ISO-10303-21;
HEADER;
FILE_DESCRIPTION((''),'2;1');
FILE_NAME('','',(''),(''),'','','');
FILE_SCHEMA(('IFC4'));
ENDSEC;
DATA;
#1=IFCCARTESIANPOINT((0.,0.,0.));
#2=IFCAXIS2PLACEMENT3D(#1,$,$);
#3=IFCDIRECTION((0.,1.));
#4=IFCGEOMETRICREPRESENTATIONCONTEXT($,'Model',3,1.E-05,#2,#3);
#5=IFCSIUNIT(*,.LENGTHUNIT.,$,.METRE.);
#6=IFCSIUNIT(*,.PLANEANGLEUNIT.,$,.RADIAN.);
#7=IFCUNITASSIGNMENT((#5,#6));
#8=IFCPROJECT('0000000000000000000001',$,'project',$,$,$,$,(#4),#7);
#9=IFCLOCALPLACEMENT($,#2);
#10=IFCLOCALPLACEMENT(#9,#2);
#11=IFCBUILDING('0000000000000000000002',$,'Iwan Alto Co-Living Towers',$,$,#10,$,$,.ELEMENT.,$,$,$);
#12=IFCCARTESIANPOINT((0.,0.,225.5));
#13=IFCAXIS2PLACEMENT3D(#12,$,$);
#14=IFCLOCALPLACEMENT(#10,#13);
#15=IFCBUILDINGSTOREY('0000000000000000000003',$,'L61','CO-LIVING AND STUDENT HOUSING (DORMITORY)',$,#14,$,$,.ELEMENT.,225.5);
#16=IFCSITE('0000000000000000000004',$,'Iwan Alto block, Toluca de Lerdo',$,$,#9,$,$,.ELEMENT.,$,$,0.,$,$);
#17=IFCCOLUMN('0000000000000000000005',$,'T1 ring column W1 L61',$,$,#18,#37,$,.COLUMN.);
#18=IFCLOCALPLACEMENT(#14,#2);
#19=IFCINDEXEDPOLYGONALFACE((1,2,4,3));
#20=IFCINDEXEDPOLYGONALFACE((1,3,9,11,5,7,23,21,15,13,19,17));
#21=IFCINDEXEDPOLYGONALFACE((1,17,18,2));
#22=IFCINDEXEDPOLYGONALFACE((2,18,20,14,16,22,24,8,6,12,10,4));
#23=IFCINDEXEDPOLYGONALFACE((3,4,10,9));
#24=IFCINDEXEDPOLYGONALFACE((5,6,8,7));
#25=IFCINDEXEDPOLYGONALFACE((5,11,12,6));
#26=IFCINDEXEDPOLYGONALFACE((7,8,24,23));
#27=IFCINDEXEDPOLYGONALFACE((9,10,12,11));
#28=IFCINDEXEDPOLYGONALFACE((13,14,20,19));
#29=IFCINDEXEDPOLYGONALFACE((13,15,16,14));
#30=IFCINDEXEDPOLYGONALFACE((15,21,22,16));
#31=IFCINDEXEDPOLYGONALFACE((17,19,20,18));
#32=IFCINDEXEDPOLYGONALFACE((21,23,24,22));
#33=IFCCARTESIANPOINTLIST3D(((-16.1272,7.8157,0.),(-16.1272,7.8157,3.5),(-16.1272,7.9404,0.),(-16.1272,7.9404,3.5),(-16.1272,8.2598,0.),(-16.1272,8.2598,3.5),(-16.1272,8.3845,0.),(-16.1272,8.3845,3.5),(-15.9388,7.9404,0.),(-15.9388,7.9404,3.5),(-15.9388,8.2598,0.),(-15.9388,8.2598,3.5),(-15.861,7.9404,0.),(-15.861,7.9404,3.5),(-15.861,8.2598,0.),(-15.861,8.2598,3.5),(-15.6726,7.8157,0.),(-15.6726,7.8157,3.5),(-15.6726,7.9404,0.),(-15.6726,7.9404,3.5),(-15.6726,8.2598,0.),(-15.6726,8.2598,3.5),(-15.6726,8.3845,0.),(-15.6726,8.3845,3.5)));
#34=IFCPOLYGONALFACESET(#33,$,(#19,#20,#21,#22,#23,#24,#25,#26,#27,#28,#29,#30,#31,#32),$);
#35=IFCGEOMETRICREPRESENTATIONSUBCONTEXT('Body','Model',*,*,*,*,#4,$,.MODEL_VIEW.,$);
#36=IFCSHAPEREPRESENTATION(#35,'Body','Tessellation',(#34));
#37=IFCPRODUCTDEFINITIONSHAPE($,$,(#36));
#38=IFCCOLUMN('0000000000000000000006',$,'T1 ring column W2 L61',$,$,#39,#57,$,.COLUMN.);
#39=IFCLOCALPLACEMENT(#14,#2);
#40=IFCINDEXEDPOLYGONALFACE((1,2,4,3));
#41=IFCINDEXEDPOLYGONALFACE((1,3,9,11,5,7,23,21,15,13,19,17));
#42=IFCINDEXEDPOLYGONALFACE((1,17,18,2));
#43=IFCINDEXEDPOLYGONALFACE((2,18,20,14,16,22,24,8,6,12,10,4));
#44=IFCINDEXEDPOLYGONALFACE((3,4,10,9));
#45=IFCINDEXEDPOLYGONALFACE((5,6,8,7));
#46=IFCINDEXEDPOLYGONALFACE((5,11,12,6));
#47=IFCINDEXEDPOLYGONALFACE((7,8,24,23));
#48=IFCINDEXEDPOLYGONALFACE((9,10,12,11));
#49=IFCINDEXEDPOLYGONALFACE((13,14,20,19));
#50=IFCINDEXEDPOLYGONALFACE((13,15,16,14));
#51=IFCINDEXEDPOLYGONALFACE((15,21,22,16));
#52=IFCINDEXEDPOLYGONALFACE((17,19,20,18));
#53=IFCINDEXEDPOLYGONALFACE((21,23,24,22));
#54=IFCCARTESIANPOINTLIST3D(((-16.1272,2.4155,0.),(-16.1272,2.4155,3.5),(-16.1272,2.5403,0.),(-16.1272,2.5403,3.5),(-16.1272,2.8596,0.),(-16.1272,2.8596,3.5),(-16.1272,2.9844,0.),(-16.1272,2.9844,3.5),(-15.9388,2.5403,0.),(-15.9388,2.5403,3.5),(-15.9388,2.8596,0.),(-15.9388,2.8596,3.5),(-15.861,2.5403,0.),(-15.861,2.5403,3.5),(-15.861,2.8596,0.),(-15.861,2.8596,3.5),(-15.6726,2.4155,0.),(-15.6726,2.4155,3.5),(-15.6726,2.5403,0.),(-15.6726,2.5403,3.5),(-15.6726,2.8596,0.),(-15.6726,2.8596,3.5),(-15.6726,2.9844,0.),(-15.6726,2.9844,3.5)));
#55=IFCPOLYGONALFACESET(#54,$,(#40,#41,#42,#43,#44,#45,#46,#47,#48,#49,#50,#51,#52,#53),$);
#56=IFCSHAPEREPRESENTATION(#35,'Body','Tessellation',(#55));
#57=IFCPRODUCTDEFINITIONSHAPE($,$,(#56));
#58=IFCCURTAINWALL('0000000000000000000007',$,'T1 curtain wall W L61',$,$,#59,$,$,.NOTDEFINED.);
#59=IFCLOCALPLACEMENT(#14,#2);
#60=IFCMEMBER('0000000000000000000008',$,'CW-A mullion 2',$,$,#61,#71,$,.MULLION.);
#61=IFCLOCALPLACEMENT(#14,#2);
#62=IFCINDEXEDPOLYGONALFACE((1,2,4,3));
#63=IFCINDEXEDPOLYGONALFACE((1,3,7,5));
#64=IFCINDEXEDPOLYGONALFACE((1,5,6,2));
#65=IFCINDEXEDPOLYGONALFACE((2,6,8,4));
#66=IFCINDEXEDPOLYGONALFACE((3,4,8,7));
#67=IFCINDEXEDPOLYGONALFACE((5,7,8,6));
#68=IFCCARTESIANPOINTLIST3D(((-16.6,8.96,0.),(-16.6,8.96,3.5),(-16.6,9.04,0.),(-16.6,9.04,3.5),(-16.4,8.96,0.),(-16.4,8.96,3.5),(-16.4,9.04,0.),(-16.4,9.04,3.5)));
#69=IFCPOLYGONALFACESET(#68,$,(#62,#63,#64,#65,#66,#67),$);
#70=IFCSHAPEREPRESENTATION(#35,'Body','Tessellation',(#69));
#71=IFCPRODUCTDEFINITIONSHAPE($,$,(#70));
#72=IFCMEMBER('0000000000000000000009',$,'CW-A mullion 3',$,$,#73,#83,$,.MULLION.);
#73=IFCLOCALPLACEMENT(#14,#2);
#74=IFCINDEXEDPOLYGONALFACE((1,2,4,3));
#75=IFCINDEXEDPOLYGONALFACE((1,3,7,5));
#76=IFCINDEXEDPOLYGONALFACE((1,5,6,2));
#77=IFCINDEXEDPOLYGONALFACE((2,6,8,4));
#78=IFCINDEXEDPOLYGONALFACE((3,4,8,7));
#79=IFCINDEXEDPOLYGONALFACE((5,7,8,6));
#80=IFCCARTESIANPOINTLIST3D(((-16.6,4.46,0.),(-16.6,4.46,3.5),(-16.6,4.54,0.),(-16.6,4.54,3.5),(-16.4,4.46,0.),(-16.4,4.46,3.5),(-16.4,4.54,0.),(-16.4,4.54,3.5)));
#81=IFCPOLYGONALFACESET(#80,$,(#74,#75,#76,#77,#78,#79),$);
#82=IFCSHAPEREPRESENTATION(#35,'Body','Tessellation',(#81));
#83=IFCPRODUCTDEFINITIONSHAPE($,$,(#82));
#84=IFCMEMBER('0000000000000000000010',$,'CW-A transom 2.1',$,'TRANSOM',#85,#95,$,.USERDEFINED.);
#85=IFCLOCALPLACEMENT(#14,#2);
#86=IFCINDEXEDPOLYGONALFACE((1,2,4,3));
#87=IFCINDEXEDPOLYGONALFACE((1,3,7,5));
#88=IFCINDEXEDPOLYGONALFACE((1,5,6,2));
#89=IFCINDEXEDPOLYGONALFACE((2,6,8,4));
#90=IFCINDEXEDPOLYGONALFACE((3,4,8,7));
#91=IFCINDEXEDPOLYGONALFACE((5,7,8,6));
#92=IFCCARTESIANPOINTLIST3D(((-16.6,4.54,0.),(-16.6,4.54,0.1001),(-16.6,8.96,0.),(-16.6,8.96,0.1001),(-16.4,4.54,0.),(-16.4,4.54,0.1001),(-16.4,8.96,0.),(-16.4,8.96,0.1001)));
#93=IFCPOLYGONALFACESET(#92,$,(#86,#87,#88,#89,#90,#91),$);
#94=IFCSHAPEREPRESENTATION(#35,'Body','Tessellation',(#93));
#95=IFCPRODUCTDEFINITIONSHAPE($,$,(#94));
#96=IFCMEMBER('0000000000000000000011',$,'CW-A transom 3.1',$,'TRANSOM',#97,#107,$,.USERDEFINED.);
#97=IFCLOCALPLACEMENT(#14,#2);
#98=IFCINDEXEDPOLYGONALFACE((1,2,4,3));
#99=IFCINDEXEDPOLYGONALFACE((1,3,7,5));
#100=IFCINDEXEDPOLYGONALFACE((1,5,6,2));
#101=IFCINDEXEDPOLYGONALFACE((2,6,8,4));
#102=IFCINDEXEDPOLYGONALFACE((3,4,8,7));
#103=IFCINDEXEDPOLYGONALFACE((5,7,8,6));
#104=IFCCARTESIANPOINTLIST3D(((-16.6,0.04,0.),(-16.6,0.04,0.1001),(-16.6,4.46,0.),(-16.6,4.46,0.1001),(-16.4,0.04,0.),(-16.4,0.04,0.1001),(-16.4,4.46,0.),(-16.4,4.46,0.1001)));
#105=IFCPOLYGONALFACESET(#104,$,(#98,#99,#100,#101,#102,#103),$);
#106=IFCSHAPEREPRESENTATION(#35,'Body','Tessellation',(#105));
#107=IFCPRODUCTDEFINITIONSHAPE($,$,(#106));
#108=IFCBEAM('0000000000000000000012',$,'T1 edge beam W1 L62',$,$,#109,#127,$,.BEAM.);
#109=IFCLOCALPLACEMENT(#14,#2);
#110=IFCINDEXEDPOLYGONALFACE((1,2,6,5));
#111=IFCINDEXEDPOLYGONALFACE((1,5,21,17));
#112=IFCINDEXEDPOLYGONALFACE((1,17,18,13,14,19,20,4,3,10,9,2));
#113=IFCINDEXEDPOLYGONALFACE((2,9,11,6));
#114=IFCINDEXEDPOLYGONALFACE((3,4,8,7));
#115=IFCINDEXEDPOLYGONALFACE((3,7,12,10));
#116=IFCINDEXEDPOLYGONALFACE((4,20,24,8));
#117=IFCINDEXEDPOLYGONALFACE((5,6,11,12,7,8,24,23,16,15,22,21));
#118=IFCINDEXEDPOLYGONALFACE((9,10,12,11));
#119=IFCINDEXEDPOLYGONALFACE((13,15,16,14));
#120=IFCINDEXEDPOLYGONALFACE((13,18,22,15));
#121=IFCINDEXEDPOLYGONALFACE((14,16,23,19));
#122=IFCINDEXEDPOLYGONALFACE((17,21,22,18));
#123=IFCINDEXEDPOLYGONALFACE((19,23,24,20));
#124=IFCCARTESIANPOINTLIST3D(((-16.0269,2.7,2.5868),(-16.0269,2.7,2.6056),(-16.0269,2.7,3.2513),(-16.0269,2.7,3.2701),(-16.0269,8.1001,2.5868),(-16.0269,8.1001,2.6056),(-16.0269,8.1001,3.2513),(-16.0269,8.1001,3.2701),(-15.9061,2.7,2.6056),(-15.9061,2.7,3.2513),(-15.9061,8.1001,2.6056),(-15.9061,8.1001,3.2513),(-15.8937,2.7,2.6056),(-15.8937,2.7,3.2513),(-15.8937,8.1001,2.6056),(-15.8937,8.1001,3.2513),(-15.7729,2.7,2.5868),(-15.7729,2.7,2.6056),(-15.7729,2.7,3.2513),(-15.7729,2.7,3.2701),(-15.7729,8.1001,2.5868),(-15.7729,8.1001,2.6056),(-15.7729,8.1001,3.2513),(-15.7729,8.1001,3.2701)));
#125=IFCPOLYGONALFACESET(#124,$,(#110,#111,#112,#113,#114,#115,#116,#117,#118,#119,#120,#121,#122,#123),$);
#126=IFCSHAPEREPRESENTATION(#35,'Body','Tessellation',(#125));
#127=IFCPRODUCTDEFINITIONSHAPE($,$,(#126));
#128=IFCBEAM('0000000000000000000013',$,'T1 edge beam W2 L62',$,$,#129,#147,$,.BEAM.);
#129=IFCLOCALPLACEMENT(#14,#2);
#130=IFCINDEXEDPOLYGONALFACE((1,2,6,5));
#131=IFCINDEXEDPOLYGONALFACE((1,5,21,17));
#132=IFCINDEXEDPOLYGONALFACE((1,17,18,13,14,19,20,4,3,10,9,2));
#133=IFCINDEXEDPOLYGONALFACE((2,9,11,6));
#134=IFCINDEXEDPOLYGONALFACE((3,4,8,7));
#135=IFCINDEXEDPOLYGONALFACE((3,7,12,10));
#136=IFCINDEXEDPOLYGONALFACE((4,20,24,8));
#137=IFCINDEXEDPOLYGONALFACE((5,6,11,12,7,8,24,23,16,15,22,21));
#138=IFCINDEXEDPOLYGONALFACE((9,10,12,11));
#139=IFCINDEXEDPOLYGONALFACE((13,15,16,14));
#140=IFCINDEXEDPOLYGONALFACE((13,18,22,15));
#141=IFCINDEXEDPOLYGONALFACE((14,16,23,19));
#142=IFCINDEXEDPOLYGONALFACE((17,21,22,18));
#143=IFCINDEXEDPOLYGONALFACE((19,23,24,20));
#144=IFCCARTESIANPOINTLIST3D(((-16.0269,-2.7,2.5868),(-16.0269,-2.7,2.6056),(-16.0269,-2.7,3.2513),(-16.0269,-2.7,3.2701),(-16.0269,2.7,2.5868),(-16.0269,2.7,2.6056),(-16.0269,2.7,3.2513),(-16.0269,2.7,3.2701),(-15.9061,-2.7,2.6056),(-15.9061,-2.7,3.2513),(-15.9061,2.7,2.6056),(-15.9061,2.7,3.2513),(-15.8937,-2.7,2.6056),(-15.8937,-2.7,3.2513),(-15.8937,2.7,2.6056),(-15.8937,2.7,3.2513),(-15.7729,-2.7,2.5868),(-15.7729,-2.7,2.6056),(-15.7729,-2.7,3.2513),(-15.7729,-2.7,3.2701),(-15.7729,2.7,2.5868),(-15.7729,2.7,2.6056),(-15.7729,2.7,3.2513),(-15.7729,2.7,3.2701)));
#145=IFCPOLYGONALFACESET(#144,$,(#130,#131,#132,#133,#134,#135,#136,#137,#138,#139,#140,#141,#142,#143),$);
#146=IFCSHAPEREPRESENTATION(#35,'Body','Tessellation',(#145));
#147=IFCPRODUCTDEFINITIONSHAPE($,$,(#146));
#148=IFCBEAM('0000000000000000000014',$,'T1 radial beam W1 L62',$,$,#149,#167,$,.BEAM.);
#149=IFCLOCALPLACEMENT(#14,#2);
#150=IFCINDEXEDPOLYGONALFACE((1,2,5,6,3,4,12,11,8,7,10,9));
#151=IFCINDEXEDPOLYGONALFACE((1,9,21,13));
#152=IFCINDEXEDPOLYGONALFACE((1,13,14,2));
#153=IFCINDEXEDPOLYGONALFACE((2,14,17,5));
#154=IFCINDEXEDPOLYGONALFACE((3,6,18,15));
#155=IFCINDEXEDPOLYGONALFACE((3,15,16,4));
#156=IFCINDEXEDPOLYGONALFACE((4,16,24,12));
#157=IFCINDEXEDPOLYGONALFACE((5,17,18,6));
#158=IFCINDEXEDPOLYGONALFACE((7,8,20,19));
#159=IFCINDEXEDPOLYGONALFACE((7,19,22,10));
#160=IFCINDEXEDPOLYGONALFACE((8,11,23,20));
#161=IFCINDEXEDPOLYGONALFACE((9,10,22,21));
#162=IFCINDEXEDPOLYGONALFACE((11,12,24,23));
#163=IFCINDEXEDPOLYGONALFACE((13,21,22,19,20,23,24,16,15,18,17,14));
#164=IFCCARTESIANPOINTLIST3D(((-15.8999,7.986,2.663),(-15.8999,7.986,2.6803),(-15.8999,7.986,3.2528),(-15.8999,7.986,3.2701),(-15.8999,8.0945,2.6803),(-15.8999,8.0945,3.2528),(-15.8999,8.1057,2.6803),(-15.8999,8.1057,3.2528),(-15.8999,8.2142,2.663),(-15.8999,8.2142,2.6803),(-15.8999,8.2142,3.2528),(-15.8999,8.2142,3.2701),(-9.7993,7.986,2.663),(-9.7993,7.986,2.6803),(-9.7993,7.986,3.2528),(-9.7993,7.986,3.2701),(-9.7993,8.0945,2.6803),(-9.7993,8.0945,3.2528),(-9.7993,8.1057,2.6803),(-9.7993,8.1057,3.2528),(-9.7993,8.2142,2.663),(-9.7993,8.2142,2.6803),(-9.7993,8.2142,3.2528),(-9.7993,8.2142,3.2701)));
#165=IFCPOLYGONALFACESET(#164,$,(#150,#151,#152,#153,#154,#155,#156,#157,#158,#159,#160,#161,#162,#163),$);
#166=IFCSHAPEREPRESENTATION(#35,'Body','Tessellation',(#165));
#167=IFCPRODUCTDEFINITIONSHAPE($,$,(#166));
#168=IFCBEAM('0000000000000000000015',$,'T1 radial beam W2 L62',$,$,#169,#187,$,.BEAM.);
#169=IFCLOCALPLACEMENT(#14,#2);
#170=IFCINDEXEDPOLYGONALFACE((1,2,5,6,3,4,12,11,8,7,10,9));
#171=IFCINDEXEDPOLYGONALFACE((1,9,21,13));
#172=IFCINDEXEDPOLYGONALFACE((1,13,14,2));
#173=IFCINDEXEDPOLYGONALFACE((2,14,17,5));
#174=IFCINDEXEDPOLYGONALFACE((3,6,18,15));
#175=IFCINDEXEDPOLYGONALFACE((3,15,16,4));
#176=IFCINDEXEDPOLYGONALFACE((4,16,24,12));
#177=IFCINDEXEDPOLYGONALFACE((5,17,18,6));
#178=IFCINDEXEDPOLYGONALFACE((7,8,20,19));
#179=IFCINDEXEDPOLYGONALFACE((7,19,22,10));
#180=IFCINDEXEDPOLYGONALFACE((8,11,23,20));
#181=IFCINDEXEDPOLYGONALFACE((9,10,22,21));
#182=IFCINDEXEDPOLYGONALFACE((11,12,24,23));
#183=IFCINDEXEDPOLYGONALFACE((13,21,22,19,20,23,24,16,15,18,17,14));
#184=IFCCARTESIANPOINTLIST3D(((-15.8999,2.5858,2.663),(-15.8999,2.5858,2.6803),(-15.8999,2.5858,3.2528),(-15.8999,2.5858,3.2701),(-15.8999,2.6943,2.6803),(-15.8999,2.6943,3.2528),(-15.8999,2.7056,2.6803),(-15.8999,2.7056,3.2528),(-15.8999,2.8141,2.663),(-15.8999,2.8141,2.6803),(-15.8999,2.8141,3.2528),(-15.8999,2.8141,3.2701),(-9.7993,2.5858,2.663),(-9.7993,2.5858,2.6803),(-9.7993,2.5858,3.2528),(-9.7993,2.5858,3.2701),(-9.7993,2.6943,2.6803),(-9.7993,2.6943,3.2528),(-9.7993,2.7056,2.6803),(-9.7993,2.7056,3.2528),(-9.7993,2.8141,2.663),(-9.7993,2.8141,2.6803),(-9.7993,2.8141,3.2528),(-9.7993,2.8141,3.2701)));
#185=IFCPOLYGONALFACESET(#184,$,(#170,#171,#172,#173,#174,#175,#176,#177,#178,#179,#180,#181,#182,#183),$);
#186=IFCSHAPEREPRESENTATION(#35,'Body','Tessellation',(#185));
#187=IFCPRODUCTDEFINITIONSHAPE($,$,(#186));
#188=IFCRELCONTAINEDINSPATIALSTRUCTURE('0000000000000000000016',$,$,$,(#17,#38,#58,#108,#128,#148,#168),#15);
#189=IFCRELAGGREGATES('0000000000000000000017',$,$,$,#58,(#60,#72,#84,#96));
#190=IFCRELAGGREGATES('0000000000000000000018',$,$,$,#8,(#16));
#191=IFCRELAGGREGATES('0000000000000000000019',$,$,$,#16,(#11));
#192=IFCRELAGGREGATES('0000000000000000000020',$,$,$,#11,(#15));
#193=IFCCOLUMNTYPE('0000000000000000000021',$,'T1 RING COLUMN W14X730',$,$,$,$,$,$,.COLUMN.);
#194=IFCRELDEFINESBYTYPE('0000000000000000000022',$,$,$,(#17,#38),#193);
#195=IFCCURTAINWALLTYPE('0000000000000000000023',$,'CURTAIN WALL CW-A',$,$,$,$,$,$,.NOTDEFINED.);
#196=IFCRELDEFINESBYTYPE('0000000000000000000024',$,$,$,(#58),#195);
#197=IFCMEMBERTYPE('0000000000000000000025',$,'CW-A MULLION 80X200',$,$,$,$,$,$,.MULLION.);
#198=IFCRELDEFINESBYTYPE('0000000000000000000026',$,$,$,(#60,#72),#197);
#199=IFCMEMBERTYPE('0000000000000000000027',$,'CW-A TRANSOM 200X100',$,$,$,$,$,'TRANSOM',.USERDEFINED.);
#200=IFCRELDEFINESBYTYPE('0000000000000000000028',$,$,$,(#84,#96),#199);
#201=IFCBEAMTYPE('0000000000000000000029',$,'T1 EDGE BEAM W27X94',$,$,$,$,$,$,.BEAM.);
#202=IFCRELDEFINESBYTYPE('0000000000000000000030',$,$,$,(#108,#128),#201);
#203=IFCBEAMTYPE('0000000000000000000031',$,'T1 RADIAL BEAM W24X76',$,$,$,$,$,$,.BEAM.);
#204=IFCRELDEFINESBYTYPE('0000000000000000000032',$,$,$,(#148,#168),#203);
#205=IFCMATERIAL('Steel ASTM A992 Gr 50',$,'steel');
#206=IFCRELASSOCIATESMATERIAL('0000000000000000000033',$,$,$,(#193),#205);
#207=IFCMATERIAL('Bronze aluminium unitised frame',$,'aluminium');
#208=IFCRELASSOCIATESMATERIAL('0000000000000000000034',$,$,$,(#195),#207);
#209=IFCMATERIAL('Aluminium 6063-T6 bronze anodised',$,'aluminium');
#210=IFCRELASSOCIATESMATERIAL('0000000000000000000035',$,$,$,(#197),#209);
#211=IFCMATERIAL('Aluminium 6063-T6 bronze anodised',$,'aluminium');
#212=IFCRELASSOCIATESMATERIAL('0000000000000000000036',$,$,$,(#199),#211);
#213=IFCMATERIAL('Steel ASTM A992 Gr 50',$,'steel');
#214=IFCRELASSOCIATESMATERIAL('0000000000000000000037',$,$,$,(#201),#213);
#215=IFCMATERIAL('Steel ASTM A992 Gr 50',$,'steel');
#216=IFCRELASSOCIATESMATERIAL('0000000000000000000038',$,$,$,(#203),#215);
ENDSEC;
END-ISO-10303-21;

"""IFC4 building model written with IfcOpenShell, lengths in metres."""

from ifc_helpers import new_model, si_unit, direction, frame, origin, origin_2d, place, context, subcontext, project, spatial, rectangle, i_section, extrude, material, material_profile, profile_set, type_object, element, aggregate, save


model = new_model("IFC4")

# Units and contexts
model_context = context("Model", 3, precision=1e-05, world=origin(), true_north=direction((0.0, 1.0)))
body_context = subcontext(model_context, "Body", "Model", "MODEL_VIEW")
ifc_project = project(units=[si_unit("LENGTHUNIT", "METRE"), si_unit("PLANEANGLEUNIT", "RADIAN")], contexts=[model_context])

# Site, building, storey
site_placement = place(None, origin())
site = spatial("IfcSite", under=ifc_project, at=site_placement, Name="Iwan Alto block, Toluca de Lerdo", CompositionType="ELEMENT", RefElevation=0.0)
building_placement = place(site_placement, origin())
building = spatial("IfcBuilding", under=site, at=building_placement, Name="Iwan Alto Co-Living Towers", CompositionType="ELEMENT")
storey_placement = place(building_placement, frame((0.0, 0.0, 225.5)))
storey = spatial("IfcBuildingStorey", under=building, at=storey_placement, Name="L61", Description="CO-LIVING AND STUDENT HOUSING (DORMITORY)", CompositionType="ELEMENT", Elevation=225.5)

# Columns
ifc_material_1 = material(Name="Steel ASTM A992 Gr 50", Category="steel")
ifc_material_profile_1 = material_profile(ifc_material_1, i_section(OverallWidth=0.4546, OverallDepth=0.5688, WebThickness=0.0779, FlangeThickness=0.1248, at=origin_2d()), Name="W14X730")
ifc_profile_set_1 = profile_set([ifc_material_profile_1], Name="Steel ASTM A992 Gr 50")
column_type = type_object("IfcColumnType", Name="T1 RING COLUMN W14X730", PredefinedType="COLUMN", material=ifc_profile_set_1)
for number, where, z_axis, x_axis, name in (
    (1, (-15.8999, 8.1001, 0.0), (0.0, 0.0, 1.0), (1.0, 0.0, 0.0), "T1 ring column W1 L61"),
    (2, (-15.8999, 2.7, 0.0), (0.0, 0.0, 1.0), (1.0, 0.0, 0.0), "T1 ring column W2 L61"),
):
    element("IfcColumn", number, at=place(storey_placement, frame(where, z_axis=z_axis, x_axis=x_axis)), inside=storey, type_object=column_type, Name=name, PredefinedType="COLUMN", context=body_context, shape_type="SweptSolid", body=[
        extrude(i_section(OverallWidth=0.4546, OverallDepth=0.5688, WebThickness=0.0779, FlangeThickness=0.1248, at=origin_2d()), origin(), (0.0, 0.0, 1.0), 3.5),
    ])

# Curtain wall, members
ifc_material_2 = material(Name="Bronze aluminium unitised frame", Category="aluminium")
curtain_wall_type = type_object("IfcCurtainWallType", Name="CURTAIN WALL CW-A", PredefinedType="NOTDEFINED", material=ifc_material_2)
curtain_wall_placement = place(storey_placement, origin())
curtain_wall = element("IfcCurtainWall", 3, at=curtain_wall_placement, inside=storey, type_object=curtain_wall_type, Name="T1 curtain wall W L61", PredefinedType="NOTDEFINED")
ifc_material_3 = material(Name="Aluminium 6063-T6 bronze anodised", Category="aluminium")
ifc_material_profile_2 = material_profile(ifc_material_3, rectangle(XDim=0.2, YDim=0.0801, at=origin_2d()), Name="AL 80X200")
ifc_profile_set_2 = profile_set([ifc_material_profile_2], Name="Aluminium 6063-T6 bronze anodised")
member_type_1 = type_object("IfcMemberType", Name="CW-A MULLION 80X200", PredefinedType="MULLION", material=ifc_profile_set_2)
member_1_placement = place(storey_placement, frame((-16.5, 9.0, 0.0), z_axis=(0.0, 0.0, 1.0), x_axis=(1.0, 0.0, 0.0)))
member_1 = element("IfcMember", 4, at=member_1_placement, type_object=member_type_1, Name="CW-A mullion 2", PredefinedType="MULLION", context=body_context, shape_type="SweptSolid", body=[
    extrude(rectangle(XDim=0.2, YDim=0.0801, at=origin_2d()), origin(), (0.0, 0.0, 1.0), 3.5),
])
member_2_placement = place(storey_placement, frame((-16.5, 4.5, 0.0), z_axis=(0.0, 0.0, 1.0), x_axis=(1.0, 0.0, 0.0)))
member_2 = element("IfcMember", 5, at=member_2_placement, type_object=member_type_1, Name="CW-A mullion 3", PredefinedType="MULLION", context=body_context, shape_type="SweptSolid", body=[
    extrude(rectangle(XDim=0.2, YDim=0.0801, at=origin_2d()), origin(), (0.0, 0.0, 1.0), 3.5),
])
ifc_material_4 = material(Name="Aluminium 6063-T6 bronze anodised", Category="aluminium")
ifc_material_profile_3 = material_profile(ifc_material_4, rectangle(XDim=0.2, YDim=0.1001, at=origin_2d()), Name="AL 200X100")
ifc_profile_set_3 = profile_set([ifc_material_profile_3], Name="Aluminium 6063-T6 bronze anodised")
member_type_2 = type_object("IfcMemberType", Name="CW-A TRANSOM 200X100", ElementType="TRANSOM", PredefinedType="USERDEFINED", material=ifc_profile_set_3)
member_3_placement = place(storey_placement, frame((-16.5, 8.96, 0.05), z_axis=(0.0, -1.0, 0.0), x_axis=(1.0, 0.0, 0.0)))
member_3 = element("IfcMember", 6, at=member_3_placement, type_object=member_type_2, Name="CW-A transom 2.1", ObjectType="TRANSOM", PredefinedType="USERDEFINED", context=body_context, shape_type="SweptSolid", body=[
    extrude(rectangle(XDim=0.2, YDim=0.1001, at=origin_2d()), origin(), (0.0, 0.0, 1.0), 4.4199),
])
member_4_placement = place(storey_placement, frame((-16.5, 4.46, 0.05), z_axis=(0.0, -1.0, 0.0), x_axis=(1.0, 0.0, 0.0)))
member_4 = element("IfcMember", 7, at=member_4_placement, type_object=member_type_2, Name="CW-A transom 3.1", ObjectType="TRANSOM", PredefinedType="USERDEFINED", context=body_context, shape_type="SweptSolid", body=[
    extrude(rectangle(XDim=0.2, YDim=0.1001, at=origin_2d()), origin(), (0.0, 0.0, 1.0), 4.4199),
])

# Beams
ifc_material_5 = material(Name="Steel ASTM A992 Gr 50", Category="steel")
ifc_material_profile_4 = material_profile(ifc_material_5, i_section(OverallWidth=0.2539, OverallDepth=0.6833, WebThickness=0.0125, FlangeThickness=0.0188, at=origin_2d()), Name="W27X94")
ifc_profile_set_4 = profile_set([ifc_material_profile_4], Name="Steel ASTM A992 Gr 50")
beam_type_1 = type_object("IfcBeamType", Name="T1 EDGE BEAM W27X94", PredefinedType="BEAM", material=ifc_profile_set_4)
beam_1_placement = place(storey_placement, frame((-15.8999, 8.1001, 2.9285), z_axis=(0.0, -1.0, 0.0), x_axis=(1.0, 0.0, 0.0)))
element("IfcBeam", 8, at=beam_1_placement, inside=storey, type_object=beam_type_1, Name="T1 edge beam W1 L62", PredefinedType="BEAM", context=body_context, shape_type="SweptSolid", body=[
    extrude(i_section(OverallWidth=0.2539, OverallDepth=0.6833, WebThickness=0.0125, FlangeThickness=0.0188, at=origin_2d()), origin(), (0.0, 0.0, 1.0), 5.4001),
])
beam_2_placement = place(storey_placement, frame((-15.8999, 2.7, 2.9285), z_axis=(0.0, -1.0, 0.0), x_axis=(1.0, 0.0, 0.0)))
element("IfcBeam", 9, at=beam_2_placement, inside=storey, type_object=beam_type_1, Name="T1 edge beam W2 L62", PredefinedType="BEAM", context=body_context, shape_type="SweptSolid", body=[
    extrude(i_section(OverallWidth=0.2539, OverallDepth=0.6833, WebThickness=0.0125, FlangeThickness=0.0188, at=origin_2d()), origin(), (0.0, 0.0, 1.0), 5.3999),
])
ifc_material_6 = material(Name="Steel ASTM A992 Gr 50", Category="steel")
ifc_material_profile_5 = material_profile(ifc_material_6, i_section(OverallWidth=0.2283, OverallDepth=0.6072, WebThickness=0.0112, FlangeThickness=0.0173, at=origin_2d()), Name="W24X76")
ifc_profile_set_5 = profile_set([ifc_material_profile_5], Name="Steel ASTM A992 Gr 50")
beam_type_2 = type_object("IfcBeamType", Name="T1 RADIAL BEAM W24X76", PredefinedType="BEAM", material=ifc_profile_set_5)
for number, where, z_axis, x_axis, name in (
    (10, (-15.8999, 8.1001, 2.9666), (1.0, 0.0, 0.0), (0.0, 1.0, 0.0), "T1 radial beam W1 L62"),
    (11, (-15.8999, 2.7, 2.9666), (1.0, 0.0, 0.0), (0.0, 1.0, 0.0), "T1 radial beam W2 L62"),
):
    element("IfcBeam", number, at=place(storey_placement, frame(where, z_axis=z_axis, x_axis=x_axis)), inside=storey, type_object=beam_type_2, Name=name, PredefinedType="BEAM", context=body_context, shape_type="SweptSolid", body=[
        extrude(i_section(OverallWidth=0.2283, OverallDepth=0.6072, WebThickness=0.0112, FlangeThickness=0.0173, at=origin_2d()), origin(), (0.0, 0.0, 1.0), 6.1006),
    ])

aggregate(curtain_wall, [member_1, member_2, member_3, member_4])

save(model, "model.ifc")
